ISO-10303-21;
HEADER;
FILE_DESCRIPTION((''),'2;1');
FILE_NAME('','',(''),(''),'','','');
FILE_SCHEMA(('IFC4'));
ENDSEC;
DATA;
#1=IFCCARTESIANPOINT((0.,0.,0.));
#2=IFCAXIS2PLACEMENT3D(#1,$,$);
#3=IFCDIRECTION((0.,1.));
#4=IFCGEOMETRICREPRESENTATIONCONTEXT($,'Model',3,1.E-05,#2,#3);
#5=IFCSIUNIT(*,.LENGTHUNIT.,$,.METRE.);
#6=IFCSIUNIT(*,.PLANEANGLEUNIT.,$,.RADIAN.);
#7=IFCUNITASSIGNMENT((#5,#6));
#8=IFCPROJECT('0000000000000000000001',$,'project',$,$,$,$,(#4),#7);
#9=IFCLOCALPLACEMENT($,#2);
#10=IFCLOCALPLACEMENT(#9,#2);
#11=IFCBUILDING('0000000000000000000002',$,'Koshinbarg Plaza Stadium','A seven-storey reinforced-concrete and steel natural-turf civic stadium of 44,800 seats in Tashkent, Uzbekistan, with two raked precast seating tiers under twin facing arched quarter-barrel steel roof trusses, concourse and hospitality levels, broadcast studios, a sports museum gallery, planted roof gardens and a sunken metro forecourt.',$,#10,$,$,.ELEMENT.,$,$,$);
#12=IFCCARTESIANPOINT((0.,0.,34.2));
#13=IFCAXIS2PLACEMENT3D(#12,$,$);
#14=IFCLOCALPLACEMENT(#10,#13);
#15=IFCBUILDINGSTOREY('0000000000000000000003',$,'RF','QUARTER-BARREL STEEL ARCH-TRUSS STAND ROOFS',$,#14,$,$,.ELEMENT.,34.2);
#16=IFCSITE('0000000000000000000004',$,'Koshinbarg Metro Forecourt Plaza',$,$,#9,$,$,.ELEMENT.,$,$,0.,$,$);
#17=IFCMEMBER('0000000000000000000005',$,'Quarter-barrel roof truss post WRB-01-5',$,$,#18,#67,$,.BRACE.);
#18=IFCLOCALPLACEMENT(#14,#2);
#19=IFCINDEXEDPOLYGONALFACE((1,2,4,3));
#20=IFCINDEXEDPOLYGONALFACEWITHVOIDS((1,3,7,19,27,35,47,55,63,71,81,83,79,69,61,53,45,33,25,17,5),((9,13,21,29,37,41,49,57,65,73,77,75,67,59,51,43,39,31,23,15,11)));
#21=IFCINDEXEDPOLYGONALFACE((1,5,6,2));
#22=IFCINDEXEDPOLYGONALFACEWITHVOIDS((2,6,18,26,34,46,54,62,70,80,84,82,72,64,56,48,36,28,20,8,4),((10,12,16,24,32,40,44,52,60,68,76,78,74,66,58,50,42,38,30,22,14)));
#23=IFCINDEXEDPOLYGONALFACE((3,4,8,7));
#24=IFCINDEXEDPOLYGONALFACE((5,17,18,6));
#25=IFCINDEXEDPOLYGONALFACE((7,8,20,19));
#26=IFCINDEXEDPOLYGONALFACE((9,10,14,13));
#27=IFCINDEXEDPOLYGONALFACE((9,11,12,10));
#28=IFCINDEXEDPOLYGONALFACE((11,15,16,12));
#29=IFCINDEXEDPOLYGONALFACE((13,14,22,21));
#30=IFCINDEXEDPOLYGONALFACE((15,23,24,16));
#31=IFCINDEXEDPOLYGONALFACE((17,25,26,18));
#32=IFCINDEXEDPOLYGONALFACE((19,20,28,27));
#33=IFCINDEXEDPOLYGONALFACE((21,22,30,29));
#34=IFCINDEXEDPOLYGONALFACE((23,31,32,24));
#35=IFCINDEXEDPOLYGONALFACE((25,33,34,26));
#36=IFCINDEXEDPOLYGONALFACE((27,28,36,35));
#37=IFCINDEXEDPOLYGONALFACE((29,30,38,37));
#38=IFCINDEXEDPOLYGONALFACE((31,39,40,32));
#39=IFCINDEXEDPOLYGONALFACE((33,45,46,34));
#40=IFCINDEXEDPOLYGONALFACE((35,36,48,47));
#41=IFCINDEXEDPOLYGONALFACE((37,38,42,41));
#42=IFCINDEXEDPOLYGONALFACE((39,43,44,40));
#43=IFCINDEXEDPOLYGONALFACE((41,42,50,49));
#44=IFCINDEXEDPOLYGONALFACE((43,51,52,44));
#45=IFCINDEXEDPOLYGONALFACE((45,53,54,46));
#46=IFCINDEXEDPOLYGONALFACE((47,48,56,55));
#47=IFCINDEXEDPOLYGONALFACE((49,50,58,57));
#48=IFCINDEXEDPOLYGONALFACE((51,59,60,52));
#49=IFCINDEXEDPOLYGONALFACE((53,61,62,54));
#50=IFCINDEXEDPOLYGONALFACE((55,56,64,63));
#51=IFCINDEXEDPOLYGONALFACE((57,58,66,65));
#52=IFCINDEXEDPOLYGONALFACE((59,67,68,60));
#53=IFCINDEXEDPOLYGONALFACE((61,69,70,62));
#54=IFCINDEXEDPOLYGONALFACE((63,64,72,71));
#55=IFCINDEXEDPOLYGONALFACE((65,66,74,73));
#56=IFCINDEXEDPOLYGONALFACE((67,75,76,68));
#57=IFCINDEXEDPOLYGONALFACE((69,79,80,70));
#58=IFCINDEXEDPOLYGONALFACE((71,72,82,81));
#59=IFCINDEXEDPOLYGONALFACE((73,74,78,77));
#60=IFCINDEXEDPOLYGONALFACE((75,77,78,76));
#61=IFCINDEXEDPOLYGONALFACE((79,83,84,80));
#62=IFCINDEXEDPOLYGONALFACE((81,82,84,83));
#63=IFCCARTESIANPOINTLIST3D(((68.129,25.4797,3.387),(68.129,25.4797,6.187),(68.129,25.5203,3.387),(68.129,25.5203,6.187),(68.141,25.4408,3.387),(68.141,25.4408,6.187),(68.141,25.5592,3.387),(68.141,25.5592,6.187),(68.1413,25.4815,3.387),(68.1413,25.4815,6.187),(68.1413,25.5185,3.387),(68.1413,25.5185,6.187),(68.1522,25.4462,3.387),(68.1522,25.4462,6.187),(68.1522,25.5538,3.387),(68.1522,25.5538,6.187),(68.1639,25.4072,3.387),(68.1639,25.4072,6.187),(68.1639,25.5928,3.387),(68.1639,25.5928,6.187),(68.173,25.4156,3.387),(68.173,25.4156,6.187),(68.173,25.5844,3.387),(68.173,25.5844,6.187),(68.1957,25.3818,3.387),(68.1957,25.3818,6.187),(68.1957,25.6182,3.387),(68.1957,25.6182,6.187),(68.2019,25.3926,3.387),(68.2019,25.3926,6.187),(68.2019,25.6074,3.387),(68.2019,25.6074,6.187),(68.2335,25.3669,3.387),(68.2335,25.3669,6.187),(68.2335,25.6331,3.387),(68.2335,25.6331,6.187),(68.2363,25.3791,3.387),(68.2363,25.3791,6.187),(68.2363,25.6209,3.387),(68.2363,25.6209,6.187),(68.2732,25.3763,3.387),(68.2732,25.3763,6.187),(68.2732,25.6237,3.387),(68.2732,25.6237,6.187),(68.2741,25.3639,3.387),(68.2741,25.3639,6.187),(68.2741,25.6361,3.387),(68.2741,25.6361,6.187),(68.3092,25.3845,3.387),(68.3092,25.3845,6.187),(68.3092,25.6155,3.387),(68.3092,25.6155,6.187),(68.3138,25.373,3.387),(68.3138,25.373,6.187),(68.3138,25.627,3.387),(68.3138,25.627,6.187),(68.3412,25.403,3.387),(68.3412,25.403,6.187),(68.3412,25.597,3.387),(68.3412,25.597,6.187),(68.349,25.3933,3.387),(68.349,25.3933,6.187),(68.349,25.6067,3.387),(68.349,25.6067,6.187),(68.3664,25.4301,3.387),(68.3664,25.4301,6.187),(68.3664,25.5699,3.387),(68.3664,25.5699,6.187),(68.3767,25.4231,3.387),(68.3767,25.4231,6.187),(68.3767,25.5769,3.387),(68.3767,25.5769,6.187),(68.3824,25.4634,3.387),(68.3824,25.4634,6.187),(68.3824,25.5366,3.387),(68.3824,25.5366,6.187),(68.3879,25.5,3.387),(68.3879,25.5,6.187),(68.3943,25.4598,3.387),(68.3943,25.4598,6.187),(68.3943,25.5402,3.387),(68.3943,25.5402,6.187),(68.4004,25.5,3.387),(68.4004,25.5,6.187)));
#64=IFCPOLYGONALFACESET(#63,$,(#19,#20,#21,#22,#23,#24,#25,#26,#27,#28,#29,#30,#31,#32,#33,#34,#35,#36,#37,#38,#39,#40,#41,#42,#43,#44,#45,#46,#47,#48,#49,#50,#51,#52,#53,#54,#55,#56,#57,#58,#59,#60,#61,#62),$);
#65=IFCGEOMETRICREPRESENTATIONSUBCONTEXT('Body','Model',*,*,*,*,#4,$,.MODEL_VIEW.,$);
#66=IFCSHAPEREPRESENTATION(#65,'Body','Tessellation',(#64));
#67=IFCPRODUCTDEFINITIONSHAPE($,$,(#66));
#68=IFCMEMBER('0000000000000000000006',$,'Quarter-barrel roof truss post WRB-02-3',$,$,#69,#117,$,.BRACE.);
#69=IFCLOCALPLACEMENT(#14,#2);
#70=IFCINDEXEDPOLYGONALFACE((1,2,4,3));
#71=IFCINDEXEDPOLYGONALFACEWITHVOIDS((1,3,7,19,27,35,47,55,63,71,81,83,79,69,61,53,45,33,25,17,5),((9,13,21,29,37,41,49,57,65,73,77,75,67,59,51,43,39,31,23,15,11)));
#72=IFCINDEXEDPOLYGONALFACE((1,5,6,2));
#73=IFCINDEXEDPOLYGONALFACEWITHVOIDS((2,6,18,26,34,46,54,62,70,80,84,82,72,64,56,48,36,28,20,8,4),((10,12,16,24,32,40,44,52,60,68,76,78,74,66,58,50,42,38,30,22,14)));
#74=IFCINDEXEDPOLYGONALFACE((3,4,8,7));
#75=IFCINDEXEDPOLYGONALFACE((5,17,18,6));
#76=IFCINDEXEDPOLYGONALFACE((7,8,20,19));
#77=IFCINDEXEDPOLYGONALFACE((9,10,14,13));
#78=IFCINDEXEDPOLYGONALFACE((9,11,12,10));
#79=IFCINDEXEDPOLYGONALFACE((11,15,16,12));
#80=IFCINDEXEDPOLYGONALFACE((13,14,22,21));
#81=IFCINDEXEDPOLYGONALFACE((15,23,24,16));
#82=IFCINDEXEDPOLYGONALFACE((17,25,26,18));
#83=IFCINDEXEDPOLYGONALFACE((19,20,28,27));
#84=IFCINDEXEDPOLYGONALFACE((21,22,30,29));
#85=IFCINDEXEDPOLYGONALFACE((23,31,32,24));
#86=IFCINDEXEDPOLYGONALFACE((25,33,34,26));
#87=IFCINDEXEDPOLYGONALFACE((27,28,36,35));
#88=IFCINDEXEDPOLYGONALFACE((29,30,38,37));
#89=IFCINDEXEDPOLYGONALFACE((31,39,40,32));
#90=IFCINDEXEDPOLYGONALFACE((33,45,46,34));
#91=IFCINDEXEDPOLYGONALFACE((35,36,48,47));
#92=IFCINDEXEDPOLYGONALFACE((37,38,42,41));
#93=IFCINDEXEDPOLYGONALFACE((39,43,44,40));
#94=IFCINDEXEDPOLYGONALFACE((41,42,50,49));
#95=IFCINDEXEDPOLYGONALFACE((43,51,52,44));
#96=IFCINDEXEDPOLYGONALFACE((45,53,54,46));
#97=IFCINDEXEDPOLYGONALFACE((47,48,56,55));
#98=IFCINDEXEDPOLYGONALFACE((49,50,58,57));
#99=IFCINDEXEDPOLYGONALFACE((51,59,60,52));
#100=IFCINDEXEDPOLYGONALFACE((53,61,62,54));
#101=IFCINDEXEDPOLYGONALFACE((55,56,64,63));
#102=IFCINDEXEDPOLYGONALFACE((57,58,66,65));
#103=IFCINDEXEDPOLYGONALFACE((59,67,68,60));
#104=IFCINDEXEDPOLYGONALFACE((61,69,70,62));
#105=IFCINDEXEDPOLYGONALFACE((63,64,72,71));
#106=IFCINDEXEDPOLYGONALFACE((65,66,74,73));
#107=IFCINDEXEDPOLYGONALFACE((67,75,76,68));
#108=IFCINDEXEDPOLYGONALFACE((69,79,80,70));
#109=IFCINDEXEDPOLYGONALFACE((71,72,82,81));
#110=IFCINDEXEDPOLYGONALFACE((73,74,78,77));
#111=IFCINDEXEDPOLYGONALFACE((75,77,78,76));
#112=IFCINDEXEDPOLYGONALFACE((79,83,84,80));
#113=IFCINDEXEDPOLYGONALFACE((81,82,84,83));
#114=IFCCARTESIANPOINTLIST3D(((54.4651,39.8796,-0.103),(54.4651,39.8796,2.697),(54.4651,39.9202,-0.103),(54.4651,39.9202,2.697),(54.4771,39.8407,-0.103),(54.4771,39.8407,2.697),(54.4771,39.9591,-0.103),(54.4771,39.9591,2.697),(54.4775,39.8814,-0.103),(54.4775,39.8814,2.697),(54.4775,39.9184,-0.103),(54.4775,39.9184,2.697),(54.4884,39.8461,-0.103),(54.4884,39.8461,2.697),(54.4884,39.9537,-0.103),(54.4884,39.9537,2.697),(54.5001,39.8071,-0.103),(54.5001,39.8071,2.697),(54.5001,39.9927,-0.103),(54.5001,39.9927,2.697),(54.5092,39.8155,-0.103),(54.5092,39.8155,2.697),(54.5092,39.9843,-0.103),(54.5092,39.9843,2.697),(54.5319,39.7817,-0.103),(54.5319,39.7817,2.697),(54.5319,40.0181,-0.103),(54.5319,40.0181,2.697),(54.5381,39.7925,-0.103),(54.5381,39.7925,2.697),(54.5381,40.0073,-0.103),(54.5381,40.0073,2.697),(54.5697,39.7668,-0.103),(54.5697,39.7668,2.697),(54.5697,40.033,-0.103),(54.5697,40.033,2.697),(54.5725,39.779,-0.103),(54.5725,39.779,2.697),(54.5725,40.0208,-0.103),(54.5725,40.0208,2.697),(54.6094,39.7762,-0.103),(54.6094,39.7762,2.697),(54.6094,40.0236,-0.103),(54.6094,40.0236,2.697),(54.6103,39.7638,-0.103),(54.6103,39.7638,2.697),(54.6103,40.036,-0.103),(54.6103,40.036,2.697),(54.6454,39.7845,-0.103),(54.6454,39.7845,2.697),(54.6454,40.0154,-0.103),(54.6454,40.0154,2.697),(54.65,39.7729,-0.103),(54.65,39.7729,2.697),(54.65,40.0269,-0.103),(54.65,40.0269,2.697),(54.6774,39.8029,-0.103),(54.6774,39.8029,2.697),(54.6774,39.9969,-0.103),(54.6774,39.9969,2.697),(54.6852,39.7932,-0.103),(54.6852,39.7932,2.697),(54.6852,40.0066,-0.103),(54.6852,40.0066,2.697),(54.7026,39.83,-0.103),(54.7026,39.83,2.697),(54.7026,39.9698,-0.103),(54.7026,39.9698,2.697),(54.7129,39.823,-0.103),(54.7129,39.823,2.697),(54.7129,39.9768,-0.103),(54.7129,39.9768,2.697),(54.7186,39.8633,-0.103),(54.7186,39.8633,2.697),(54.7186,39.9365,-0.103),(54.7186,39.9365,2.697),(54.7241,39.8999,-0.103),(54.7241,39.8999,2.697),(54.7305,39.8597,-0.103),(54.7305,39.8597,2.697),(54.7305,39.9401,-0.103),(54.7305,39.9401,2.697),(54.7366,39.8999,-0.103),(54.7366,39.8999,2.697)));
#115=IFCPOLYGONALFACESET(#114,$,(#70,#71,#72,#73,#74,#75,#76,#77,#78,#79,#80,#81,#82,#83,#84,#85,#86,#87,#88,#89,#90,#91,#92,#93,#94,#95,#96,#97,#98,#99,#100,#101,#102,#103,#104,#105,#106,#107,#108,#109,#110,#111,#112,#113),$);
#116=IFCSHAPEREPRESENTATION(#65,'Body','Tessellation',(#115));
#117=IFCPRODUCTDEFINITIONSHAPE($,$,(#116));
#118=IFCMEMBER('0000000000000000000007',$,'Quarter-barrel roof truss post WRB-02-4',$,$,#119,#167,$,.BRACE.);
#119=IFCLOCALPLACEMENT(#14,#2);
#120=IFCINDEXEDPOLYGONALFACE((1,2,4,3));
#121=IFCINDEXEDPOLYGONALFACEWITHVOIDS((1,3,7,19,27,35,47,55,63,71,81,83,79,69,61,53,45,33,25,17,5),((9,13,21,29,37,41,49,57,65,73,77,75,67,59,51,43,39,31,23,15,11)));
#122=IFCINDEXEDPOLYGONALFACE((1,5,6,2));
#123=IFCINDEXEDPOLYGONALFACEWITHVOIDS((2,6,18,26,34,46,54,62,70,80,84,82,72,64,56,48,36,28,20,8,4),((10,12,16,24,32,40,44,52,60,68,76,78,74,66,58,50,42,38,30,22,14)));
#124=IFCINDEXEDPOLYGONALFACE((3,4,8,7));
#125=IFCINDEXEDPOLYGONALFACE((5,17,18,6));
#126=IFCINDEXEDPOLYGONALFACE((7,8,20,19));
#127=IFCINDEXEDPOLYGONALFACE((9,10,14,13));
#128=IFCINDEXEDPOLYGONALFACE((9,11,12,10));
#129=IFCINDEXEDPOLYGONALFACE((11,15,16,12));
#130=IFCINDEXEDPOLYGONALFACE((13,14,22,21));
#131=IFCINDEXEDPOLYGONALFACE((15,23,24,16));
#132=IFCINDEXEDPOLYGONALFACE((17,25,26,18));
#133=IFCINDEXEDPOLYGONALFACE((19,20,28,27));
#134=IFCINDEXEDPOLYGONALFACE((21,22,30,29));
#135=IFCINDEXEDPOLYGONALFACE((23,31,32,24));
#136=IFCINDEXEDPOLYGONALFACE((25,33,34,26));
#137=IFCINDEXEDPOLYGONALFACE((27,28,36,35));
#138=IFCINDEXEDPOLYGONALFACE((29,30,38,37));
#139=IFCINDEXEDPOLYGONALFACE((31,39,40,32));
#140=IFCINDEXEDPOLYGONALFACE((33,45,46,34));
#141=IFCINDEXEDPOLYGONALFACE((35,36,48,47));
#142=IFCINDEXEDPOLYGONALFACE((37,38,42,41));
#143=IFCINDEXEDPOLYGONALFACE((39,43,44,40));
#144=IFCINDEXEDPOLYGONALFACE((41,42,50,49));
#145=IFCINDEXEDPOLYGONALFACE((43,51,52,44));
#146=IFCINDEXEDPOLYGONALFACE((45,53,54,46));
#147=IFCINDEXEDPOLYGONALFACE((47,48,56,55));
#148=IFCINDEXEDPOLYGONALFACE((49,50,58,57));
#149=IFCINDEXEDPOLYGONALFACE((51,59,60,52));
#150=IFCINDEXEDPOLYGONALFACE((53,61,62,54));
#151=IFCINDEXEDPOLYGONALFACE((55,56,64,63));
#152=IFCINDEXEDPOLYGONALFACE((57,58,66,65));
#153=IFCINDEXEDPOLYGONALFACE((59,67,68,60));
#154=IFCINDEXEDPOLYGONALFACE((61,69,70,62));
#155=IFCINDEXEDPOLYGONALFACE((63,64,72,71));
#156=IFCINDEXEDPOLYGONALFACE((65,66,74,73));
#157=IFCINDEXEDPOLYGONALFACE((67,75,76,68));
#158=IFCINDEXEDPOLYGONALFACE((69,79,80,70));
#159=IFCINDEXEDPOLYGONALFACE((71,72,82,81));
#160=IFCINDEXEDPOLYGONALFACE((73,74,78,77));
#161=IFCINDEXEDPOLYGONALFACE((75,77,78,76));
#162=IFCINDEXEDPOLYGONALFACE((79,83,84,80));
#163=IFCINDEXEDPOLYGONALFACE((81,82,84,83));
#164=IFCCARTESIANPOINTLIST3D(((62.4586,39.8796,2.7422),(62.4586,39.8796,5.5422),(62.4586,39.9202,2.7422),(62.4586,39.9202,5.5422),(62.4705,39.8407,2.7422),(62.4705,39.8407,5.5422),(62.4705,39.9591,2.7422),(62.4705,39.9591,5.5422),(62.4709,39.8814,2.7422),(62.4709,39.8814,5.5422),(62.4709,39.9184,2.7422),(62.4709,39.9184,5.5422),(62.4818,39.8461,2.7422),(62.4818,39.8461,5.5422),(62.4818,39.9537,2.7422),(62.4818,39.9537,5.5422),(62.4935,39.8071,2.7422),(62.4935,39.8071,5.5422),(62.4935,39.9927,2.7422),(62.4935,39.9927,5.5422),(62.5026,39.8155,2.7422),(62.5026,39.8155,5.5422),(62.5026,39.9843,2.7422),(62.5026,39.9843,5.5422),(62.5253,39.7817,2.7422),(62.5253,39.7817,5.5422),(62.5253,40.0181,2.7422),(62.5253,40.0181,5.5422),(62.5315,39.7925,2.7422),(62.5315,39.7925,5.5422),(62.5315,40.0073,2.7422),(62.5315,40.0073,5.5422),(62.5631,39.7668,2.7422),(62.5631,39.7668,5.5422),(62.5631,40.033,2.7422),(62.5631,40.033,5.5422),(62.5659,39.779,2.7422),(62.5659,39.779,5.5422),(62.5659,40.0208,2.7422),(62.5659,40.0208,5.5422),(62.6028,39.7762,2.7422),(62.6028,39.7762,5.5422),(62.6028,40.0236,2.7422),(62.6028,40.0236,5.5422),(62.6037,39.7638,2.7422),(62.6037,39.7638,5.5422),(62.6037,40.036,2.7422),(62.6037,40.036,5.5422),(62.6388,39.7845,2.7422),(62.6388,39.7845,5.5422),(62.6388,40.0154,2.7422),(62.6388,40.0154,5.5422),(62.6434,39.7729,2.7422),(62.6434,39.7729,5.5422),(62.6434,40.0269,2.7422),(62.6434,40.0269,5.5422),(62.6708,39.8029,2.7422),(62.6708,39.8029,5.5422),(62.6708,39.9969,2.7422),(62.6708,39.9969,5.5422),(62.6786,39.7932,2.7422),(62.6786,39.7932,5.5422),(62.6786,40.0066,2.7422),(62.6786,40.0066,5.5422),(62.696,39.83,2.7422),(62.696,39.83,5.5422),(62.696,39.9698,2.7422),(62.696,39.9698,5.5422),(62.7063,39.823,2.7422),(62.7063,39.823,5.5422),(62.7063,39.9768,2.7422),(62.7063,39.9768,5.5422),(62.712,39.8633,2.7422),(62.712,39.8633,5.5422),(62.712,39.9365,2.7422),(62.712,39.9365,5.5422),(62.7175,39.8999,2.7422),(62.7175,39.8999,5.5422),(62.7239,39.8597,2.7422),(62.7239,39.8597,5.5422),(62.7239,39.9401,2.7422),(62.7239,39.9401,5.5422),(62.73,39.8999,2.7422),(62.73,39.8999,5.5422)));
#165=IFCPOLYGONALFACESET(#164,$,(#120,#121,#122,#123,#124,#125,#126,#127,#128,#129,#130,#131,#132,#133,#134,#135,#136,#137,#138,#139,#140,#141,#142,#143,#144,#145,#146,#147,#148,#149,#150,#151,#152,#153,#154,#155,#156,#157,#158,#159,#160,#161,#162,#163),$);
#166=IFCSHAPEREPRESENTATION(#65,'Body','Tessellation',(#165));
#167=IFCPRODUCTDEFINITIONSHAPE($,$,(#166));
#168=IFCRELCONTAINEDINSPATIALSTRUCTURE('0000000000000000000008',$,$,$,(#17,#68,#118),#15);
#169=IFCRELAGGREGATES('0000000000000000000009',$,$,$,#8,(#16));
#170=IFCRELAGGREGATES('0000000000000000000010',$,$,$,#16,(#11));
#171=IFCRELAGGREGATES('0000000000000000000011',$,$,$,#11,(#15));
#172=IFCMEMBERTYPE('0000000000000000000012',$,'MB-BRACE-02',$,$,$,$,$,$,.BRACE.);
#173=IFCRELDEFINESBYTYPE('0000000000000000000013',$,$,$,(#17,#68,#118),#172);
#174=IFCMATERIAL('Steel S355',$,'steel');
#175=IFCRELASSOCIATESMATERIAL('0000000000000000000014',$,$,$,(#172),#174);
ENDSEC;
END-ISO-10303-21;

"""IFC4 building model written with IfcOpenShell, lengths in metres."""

from ifc_helpers import new_model, si_unit, direction, frame, origin, origin_2d, place, context, subcontext, project, spatial, hollow_circle, extrude, material, material_profile, profile_set, type_object, element, save


model = new_model("IFC4")

# Units and contexts
model_context = context("Model", 3, precision=1e-05, world=origin(), true_north=direction((0.0, 1.0)))
body_context = subcontext(model_context, "Body", "Model", "MODEL_VIEW")
ifc_project = project(units=[si_unit("LENGTHUNIT", "METRE"), si_unit("PLANEANGLEUNIT", "RADIAN")], contexts=[model_context])

# Site, building, storey
site_placement = place(None, origin())
site = spatial("IfcSite", under=ifc_project, at=site_placement, Name="Koshinbarg Metro Forecourt Plaza", CompositionType="ELEMENT", RefElevation=0.0)
building_placement = place(site_placement, origin())
building = spatial("IfcBuilding", under=site, at=building_placement, Name="Koshinbarg Plaza Stadium", Description="A seven-storey reinforced-concrete and steel natural-turf civic stadium of 44,800 seats in Tashkent, Uzbekistan, with two raked precast seating tiers under twin facing arched quarter-barrel steel roof trusses, concourse and hospitality levels, broadcast studios, a sports museum gallery, planted roof gardens and a sunken metro forecourt.", CompositionType="ELEMENT")
storey_placement = place(building_placement, frame((0.0, 0.0, 34.2)))
storey = spatial("IfcBuildingStorey", under=building, at=storey_placement, Name="RF", Description="QUARTER-BARREL STEEL ARCH-TRUSS STAND ROOFS", CompositionType="ELEMENT", Elevation=34.2)

# Members
ifc_material_1 = material(Name="Steel S355", Category="steel")
ifc_material_profile_1 = material_profile(ifc_material_1, hollow_circle(Radius=0.1365, WallThickness=0.0125, at=origin_2d()), Name="CHS 273x12.5")
ifc_profile_set_1 = profile_set([ifc_material_profile_1], Name="Steel S355")
member_type_1 = type_object("IfcMemberType", Name="MB-BRACE-02", PredefinedType="BRACE", material=ifc_profile_set_1)
for number, where, z_axis, x_axis, name in (
    (1, (68.2639, 25.5, 3.387), (0.0, 0.0, 1.0), (1.0, 0.0, 0.0), "Quarter-barrel roof truss post WRB-01-5"),
    (2, (54.6001, 39.8999, -0.103), (0.0, 0.0, 1.0), (1.0, 0.0, 0.0), "Quarter-barrel roof truss post WRB-02-3"),
    (3, (62.5935, 39.8999, 2.7422), (0.0, 0.0, 1.0), (1.0, 0.0, 0.0), "Quarter-barrel roof truss post WRB-02-4"),
):
    element("IfcMember", number, at=place(storey_placement, frame(where, z_axis=z_axis, x_axis=x_axis)), inside=storey, type_object=member_type_1, Name=name, PredefinedType="BRACE", context=body_context, shape_type="SweptSolid", body=[
        extrude(hollow_circle(Radius=0.1365, WallThickness=0.0125, at=origin_2d()), origin(), (0.0, 0.0, 1.0), 2.8),
    ])

save(model, "model.ifc")
